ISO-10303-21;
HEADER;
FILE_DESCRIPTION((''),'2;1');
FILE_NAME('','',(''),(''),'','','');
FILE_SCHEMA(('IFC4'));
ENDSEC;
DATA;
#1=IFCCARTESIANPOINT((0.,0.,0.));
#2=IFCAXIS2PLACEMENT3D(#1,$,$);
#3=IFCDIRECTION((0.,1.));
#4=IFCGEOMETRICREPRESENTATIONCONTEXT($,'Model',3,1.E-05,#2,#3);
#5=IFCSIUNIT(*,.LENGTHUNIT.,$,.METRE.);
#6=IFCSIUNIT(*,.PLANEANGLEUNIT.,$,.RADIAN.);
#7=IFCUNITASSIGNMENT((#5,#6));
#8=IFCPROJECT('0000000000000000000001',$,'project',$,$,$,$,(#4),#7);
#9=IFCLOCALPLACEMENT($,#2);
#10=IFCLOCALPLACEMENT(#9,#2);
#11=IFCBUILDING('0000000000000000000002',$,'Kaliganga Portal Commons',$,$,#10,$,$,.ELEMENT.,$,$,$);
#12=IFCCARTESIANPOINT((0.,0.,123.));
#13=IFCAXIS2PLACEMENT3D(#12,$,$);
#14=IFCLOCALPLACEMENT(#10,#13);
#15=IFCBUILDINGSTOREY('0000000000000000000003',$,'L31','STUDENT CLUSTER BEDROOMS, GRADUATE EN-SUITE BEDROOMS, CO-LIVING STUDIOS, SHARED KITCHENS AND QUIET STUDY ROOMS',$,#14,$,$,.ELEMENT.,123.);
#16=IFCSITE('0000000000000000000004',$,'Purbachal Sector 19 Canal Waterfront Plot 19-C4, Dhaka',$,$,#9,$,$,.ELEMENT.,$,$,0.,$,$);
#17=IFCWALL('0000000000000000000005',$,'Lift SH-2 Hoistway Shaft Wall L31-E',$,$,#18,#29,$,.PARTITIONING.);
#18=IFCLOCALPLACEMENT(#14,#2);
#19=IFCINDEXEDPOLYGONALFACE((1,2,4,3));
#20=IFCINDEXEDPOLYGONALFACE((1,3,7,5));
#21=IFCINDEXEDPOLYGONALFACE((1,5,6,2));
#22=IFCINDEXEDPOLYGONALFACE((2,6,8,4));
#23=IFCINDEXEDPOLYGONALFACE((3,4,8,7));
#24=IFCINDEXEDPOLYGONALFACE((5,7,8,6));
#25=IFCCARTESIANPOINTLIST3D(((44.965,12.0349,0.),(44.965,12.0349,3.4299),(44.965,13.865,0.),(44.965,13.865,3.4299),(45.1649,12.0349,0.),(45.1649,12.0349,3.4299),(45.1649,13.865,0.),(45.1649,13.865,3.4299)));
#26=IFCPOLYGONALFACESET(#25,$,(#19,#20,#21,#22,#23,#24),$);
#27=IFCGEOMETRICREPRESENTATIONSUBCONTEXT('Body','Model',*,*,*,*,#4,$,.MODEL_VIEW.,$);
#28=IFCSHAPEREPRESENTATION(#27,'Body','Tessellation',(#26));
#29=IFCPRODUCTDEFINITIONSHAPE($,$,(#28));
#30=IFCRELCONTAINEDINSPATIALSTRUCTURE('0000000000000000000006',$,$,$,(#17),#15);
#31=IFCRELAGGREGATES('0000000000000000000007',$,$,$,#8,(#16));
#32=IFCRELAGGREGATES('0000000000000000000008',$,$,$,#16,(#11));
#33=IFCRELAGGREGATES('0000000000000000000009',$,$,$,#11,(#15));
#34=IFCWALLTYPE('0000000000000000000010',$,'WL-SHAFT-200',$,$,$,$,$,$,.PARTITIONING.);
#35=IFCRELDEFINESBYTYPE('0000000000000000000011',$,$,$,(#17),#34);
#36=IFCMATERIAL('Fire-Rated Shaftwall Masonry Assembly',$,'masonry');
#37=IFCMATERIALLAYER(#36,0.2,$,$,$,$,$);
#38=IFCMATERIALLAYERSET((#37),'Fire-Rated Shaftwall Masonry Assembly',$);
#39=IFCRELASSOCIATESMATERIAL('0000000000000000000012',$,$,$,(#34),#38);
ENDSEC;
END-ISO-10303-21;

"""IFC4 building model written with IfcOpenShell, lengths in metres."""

from ifc_helpers import new_model, si_unit, direction, frame, frame_2d, origin, place, context, subcontext, project, spatial, rectangle, extrude, material, layer, layer_set, type_object, element, save


model = new_model("IFC4")

# Units and contexts
model_context = context("Model", 3, precision=1e-05, world=origin(), true_north=direction((0.0, 1.0)))
body_context = subcontext(model_context, "Body", "Model", "MODEL_VIEW")
ifc_project = project(units=[si_unit("LENGTHUNIT", "METRE"), si_unit("PLANEANGLEUNIT", "RADIAN")], contexts=[model_context])

# Site, building, storey
site_placement = place(None, origin())
site = spatial("IfcSite", under=ifc_project, at=site_placement, Name="Purbachal Sector 19 Canal Waterfront Plot 19-C4, Dhaka", CompositionType="ELEMENT", RefElevation=0.0)
building_placement = place(site_placement, origin())
building = spatial("IfcBuilding", under=site, at=building_placement, Name="Kaliganga Portal Commons", CompositionType="ELEMENT")
storey_placement = place(building_placement, frame((0.0, 0.0, 123.0)))
storey = spatial("IfcBuildingStorey", under=building, at=storey_placement, Name="L31", Description="STUDENT CLUSTER BEDROOMS, GRADUATE EN-SUITE BEDROOMS, CO-LIVING STUDIOS, SHARED KITCHENS AND QUIET STUDY ROOMS", CompositionType="ELEMENT", Elevation=123.0)

# Shared definitions
ifc_material_1 = material(Name="Fire-Rated Shaftwall Masonry Assembly", Category="masonry")
ifc_layer_1 = layer(ifc_material_1, 0.2)
ifc_layer_set_1 = layer_set([ifc_layer_1], Name="Fire-Rated Shaftwall Masonry Assembly")
wall_type_1 = type_object("IfcWallType", Name="WL-SHAFT-200", PredefinedType="PARTITIONING", material=ifc_layer_set_1)

# Wall
wall_1_placement = place(storey_placement, frame((45.0649, 12.0349, 0.0), z_axis=(0.0, 0.0, 1.0), x_axis=(0.0, 1.0, 0.0)))
element("IfcWall", 1, at=wall_1_placement, inside=storey, type_object=wall_type_1, Name="Lift SH-2 Hoistway Shaft Wall L31-E", PredefinedType="PARTITIONING", context=body_context, shape_type="SweptSolid", body=[
    extrude(rectangle(XDim=1.8301, YDim=0.2, at=frame_2d((0.915, 0.0))), origin(), (0.0, 0.0, 1.0), 3.4299),
])

save(model, "model.ifc")
